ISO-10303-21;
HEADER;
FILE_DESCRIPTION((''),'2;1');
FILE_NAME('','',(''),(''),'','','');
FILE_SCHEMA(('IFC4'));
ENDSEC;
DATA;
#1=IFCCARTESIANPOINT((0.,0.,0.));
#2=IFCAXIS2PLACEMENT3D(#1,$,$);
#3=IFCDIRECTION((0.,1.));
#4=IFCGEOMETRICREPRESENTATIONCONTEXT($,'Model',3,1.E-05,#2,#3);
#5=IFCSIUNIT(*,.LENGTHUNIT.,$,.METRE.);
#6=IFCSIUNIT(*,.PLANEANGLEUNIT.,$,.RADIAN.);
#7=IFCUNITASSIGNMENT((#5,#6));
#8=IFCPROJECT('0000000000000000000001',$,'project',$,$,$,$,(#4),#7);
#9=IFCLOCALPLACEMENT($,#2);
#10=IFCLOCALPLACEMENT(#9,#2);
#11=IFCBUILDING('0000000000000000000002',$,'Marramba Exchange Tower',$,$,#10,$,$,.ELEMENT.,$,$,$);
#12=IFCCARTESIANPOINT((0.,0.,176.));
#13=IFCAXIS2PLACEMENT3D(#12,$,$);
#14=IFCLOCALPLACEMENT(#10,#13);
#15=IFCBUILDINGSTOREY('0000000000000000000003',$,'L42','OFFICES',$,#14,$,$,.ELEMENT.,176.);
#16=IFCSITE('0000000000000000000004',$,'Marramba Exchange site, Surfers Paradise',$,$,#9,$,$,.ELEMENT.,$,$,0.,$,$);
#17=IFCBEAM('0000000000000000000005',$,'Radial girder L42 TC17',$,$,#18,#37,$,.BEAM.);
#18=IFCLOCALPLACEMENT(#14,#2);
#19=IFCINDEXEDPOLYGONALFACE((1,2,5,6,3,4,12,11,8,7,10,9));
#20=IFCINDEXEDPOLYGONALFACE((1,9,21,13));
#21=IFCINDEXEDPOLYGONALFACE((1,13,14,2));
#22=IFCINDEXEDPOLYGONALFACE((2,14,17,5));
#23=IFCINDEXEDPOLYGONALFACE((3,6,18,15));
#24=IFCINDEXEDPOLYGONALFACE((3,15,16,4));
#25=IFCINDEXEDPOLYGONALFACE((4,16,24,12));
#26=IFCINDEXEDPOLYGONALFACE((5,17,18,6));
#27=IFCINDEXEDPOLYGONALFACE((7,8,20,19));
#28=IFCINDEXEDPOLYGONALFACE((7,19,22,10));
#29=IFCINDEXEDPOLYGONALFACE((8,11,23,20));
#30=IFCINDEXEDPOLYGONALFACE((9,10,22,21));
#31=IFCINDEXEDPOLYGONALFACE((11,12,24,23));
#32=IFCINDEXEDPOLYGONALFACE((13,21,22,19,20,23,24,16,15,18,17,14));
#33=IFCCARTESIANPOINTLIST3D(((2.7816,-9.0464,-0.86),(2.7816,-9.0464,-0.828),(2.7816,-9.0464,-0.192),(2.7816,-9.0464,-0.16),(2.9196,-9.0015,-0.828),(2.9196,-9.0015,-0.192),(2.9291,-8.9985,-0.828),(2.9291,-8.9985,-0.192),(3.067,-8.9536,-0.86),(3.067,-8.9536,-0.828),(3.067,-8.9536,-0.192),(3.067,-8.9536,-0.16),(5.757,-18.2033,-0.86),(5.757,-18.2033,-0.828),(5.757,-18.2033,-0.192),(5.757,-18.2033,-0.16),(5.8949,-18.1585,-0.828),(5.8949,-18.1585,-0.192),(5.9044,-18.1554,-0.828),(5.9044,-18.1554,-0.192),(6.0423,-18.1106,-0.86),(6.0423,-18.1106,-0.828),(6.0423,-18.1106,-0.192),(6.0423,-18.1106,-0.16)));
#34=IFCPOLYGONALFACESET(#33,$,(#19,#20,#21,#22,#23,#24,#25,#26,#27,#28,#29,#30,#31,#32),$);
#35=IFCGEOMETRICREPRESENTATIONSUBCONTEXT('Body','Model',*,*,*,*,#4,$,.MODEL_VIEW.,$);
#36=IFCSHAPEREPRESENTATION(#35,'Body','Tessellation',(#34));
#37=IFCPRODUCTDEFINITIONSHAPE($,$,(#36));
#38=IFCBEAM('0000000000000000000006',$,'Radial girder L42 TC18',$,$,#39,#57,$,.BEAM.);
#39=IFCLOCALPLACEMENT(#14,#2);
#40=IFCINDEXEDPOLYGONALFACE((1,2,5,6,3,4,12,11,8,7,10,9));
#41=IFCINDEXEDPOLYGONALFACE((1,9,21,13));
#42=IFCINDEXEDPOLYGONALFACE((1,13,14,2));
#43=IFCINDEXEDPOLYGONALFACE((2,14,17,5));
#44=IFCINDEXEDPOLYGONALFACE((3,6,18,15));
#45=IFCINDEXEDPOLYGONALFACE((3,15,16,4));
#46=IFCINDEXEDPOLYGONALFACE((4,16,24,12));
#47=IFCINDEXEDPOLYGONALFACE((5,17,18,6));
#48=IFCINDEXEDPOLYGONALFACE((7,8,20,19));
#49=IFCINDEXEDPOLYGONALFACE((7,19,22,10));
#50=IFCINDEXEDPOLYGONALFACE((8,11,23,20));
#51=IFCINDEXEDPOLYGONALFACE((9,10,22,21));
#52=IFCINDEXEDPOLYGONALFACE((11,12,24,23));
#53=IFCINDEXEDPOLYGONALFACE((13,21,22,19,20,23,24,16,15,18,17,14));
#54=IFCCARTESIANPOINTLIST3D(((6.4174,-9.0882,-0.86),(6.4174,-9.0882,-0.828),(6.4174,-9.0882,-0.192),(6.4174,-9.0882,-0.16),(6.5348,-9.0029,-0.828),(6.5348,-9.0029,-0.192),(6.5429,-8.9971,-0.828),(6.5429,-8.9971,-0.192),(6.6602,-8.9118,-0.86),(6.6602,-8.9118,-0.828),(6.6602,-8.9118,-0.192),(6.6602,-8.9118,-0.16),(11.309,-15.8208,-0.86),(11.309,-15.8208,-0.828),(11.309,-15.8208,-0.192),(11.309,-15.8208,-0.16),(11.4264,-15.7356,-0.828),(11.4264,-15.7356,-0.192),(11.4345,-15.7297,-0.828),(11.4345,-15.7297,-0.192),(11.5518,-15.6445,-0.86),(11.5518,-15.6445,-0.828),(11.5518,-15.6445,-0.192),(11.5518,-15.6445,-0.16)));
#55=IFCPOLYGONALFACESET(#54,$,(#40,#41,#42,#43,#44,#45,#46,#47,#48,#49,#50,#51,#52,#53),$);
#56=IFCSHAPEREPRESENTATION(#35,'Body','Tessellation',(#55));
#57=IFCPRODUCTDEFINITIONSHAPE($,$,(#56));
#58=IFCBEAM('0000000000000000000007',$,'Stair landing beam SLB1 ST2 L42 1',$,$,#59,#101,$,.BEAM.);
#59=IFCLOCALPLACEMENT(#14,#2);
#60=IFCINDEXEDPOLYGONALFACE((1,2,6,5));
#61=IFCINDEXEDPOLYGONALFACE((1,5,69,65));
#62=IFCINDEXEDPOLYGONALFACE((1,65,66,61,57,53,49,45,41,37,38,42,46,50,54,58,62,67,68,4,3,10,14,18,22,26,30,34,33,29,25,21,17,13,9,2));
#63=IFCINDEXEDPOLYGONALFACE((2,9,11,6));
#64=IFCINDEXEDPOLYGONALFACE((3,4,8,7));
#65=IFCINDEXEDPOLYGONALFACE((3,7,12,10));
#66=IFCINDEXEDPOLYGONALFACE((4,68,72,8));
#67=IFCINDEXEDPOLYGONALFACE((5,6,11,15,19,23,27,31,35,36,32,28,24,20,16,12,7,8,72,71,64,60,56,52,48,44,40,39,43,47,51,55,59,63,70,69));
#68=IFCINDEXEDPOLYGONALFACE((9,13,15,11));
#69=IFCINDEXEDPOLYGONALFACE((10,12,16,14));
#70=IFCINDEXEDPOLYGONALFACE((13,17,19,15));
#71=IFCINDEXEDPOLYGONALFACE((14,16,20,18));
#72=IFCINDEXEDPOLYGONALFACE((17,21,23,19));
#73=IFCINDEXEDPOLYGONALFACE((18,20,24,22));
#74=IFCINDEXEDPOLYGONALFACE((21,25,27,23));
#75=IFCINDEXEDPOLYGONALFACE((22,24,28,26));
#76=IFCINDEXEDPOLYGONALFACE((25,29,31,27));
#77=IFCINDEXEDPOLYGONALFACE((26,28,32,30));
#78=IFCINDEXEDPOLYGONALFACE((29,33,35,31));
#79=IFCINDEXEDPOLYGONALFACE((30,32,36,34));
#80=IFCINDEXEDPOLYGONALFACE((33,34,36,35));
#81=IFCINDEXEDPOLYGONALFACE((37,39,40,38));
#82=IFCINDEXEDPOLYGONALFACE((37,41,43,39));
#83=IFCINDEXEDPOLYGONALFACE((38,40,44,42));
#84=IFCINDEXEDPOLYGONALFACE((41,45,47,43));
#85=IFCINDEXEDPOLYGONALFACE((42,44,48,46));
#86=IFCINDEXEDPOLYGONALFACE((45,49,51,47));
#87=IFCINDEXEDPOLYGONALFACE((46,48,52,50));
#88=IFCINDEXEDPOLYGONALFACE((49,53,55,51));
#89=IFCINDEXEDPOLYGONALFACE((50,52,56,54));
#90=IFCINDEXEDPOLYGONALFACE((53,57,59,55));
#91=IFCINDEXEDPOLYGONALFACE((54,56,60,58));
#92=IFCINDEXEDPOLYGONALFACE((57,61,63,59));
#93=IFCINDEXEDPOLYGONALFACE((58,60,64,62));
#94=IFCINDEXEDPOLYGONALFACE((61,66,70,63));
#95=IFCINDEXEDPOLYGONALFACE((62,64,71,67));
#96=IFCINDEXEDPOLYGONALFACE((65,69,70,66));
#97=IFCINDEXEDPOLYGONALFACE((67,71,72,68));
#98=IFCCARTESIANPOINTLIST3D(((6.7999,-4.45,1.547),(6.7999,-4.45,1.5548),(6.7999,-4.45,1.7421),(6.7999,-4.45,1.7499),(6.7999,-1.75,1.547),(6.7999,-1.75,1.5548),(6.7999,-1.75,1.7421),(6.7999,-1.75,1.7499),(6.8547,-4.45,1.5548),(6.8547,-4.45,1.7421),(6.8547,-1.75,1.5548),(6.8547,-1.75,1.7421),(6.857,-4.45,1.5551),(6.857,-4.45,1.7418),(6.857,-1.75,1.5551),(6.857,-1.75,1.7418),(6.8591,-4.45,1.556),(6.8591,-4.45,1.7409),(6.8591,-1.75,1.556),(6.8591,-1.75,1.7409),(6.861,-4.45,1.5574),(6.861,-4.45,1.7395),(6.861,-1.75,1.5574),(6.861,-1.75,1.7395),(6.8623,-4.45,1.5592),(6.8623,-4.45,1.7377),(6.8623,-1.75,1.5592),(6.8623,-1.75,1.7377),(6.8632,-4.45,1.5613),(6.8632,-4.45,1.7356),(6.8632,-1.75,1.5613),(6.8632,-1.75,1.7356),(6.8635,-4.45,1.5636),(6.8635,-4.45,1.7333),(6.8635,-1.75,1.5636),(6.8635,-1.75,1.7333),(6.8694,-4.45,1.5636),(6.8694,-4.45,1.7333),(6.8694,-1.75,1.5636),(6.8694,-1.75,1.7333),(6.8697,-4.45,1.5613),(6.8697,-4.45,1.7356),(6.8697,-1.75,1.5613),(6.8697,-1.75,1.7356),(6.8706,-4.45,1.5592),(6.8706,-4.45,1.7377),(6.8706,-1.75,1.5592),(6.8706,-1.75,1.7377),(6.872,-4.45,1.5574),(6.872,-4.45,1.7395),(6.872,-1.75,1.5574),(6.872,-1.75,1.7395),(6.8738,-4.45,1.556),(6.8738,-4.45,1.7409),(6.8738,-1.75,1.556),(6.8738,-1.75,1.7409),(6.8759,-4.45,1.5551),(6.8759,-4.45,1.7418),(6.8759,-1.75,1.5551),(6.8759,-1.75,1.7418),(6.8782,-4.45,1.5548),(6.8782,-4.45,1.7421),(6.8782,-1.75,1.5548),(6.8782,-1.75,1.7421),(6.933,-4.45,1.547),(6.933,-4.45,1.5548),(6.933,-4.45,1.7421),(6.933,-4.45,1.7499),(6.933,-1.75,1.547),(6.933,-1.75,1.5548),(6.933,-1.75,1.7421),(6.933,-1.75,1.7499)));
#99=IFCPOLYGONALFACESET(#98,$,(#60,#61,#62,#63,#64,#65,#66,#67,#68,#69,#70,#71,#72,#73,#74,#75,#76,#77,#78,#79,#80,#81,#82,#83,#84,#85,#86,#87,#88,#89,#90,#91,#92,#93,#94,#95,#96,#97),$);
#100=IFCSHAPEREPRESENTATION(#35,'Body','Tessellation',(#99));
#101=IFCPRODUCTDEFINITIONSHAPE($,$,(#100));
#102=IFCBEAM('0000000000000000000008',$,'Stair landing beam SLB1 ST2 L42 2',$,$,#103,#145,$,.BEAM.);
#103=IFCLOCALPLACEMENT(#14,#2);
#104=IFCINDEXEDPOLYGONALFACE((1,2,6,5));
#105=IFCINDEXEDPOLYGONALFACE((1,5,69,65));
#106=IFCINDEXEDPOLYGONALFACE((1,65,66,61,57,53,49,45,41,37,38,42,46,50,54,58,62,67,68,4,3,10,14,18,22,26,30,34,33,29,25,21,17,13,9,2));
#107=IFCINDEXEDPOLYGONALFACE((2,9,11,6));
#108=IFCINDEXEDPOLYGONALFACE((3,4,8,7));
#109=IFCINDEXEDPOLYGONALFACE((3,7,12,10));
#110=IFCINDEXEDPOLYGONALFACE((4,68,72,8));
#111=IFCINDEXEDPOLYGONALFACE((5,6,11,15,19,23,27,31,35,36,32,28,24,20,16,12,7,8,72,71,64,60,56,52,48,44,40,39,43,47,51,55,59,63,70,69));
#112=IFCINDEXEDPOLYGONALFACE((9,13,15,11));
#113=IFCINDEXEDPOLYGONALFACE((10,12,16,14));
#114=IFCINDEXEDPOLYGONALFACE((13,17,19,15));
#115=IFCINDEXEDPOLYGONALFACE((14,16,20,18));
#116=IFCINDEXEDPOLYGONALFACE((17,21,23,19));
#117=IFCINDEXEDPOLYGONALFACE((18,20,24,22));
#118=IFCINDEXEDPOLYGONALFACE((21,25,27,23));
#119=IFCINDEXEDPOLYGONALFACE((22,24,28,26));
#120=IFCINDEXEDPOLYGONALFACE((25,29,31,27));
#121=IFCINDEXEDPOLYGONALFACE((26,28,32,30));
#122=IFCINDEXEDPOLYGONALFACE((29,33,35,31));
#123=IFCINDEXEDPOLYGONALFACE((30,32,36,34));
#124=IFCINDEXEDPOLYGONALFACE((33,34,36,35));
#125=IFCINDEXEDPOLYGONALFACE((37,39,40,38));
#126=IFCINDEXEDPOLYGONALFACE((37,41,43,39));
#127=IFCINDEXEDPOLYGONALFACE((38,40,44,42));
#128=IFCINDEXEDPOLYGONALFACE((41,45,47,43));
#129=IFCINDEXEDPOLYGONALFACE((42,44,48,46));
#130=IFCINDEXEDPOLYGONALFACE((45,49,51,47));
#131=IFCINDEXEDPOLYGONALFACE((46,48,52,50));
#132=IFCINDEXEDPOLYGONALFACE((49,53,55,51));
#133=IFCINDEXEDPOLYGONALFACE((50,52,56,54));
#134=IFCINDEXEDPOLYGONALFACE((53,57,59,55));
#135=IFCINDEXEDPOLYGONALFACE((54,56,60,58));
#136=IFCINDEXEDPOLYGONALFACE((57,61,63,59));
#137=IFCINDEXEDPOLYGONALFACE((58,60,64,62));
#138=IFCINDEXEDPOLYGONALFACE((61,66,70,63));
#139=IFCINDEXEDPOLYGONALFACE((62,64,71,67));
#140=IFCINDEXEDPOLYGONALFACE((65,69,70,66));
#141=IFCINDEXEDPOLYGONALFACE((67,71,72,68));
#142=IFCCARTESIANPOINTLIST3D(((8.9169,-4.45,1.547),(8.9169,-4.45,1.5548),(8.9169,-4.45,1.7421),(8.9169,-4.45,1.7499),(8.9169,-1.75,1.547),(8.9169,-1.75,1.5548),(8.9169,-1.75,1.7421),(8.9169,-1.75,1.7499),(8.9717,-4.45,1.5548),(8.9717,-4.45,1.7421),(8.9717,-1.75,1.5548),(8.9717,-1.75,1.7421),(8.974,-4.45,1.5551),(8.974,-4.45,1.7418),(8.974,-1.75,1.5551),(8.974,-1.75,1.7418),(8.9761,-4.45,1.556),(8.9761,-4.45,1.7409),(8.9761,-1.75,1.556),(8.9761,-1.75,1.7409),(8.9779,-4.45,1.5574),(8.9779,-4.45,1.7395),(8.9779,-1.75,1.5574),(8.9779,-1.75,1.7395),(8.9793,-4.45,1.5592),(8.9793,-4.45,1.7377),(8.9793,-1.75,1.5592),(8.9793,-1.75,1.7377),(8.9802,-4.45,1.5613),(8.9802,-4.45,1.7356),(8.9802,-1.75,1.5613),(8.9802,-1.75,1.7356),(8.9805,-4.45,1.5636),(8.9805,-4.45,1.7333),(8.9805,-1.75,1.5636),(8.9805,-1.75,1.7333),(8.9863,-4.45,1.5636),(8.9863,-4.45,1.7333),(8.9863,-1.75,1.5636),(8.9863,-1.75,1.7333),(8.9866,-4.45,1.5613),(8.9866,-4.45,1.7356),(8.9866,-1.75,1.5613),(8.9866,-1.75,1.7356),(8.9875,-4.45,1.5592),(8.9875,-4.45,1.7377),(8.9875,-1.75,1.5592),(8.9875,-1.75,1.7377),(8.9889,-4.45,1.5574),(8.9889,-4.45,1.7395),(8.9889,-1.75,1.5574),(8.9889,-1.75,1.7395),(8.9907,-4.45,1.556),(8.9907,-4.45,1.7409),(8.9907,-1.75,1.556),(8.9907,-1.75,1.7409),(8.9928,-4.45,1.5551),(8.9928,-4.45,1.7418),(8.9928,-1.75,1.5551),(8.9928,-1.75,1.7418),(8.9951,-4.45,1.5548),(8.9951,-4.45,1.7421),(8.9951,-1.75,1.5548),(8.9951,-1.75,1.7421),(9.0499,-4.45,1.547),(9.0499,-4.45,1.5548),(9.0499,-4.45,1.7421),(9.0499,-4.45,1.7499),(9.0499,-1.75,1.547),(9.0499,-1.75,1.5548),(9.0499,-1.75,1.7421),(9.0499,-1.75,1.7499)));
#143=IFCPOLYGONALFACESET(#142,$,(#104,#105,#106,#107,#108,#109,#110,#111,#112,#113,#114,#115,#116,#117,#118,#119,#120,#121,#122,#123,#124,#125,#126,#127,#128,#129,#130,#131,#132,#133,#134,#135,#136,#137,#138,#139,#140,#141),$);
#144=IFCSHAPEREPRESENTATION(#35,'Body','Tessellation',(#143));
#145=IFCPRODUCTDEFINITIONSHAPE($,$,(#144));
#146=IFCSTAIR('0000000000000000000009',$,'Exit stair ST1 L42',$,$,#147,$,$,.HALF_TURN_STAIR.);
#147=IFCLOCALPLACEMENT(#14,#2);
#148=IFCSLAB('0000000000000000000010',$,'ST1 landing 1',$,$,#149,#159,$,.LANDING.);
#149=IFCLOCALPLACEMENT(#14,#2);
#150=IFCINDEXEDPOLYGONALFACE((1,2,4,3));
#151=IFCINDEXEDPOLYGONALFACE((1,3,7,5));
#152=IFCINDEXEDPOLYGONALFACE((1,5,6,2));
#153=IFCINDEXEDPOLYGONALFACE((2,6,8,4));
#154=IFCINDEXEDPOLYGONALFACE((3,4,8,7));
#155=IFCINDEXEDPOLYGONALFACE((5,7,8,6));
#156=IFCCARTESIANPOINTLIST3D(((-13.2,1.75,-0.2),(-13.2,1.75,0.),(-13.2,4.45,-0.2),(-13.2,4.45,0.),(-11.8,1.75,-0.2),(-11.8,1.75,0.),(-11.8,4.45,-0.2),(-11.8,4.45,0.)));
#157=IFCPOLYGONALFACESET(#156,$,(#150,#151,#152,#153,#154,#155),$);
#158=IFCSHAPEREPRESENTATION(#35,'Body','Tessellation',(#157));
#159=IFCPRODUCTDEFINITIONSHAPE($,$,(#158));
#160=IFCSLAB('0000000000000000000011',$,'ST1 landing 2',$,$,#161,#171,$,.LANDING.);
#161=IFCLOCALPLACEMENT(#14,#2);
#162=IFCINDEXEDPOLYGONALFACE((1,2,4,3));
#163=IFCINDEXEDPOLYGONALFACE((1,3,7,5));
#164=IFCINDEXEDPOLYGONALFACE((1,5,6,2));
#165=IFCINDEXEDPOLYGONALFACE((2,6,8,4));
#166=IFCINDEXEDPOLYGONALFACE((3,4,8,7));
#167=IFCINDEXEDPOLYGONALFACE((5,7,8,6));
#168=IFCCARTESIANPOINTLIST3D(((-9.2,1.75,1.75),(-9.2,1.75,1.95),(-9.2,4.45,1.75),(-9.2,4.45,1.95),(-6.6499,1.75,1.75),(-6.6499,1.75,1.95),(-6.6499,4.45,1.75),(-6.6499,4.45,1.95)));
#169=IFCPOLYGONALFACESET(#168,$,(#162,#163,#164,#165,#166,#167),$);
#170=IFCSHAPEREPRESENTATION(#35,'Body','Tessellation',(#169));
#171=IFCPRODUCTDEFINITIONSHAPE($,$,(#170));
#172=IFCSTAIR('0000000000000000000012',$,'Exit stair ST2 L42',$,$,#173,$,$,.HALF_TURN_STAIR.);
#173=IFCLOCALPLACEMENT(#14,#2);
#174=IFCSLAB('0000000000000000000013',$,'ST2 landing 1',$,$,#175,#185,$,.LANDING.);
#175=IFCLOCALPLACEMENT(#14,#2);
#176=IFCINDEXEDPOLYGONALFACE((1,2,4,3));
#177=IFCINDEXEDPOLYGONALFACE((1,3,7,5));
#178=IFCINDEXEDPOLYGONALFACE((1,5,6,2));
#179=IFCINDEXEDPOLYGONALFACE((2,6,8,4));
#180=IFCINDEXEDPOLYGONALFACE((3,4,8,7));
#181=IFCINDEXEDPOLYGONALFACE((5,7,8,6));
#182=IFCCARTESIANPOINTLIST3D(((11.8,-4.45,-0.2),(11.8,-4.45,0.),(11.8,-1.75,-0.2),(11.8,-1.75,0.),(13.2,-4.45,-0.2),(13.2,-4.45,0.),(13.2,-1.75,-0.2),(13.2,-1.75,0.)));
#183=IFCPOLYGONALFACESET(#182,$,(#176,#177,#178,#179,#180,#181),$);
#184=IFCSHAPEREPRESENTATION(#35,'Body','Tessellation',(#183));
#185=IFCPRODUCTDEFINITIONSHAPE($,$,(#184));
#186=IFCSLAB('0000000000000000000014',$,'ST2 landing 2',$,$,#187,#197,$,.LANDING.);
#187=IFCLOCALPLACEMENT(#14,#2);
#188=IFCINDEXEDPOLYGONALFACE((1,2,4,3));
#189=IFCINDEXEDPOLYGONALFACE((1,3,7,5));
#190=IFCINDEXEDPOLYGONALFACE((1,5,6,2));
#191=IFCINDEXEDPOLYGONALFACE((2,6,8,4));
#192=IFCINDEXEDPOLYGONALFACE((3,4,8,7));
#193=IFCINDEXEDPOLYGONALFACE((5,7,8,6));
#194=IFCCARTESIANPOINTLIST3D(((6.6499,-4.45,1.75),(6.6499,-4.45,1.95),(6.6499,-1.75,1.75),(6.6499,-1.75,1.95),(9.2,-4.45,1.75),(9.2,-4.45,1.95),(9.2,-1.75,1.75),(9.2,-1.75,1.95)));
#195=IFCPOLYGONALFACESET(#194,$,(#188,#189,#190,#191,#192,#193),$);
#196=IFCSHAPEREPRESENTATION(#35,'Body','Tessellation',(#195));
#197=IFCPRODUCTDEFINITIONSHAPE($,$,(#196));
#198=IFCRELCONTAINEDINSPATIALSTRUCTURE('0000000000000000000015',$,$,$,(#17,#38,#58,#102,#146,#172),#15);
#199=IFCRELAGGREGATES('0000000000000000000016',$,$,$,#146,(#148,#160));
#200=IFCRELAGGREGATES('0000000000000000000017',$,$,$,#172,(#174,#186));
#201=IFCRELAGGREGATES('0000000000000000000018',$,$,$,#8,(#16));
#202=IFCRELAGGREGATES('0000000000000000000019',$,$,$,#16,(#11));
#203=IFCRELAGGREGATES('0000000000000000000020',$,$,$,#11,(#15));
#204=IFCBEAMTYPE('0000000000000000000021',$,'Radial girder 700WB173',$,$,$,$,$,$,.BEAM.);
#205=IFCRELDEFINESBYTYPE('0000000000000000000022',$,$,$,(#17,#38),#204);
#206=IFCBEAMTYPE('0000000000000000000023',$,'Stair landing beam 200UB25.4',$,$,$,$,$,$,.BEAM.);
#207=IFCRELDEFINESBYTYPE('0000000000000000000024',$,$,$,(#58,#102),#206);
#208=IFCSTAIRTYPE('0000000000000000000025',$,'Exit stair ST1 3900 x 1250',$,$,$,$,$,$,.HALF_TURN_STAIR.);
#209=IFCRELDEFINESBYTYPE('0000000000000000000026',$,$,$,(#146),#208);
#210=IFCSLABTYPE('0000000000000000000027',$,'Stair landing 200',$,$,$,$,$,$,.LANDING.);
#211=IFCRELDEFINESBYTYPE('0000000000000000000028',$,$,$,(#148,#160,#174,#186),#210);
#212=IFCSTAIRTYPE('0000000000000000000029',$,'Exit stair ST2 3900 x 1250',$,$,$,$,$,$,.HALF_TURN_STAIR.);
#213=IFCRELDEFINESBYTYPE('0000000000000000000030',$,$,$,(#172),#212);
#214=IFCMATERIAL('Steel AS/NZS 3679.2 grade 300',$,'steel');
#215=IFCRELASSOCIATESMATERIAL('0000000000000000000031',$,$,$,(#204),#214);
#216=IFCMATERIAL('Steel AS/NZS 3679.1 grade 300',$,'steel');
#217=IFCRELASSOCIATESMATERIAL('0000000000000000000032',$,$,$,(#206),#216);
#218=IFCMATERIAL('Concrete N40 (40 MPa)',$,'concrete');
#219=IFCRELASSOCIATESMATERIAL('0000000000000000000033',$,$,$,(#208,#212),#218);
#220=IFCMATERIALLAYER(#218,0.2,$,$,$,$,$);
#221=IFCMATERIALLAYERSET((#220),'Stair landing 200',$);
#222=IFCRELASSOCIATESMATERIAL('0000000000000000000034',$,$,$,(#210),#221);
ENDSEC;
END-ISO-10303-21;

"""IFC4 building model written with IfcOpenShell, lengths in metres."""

from ifc_helpers import new_model, si_unit, direction, frame, origin, origin_2d, place, context, subcontext, project, spatial, polyline, i_section, outline, extrude, material, layer, layer_set, material_profile, profile_set, type_object, element, aggregate, save


model = new_model("IFC4")

# Units and contexts
model_context = context("Model", 3, precision=1e-05, world=origin(), true_north=direction((0.0, 1.0)))
body_context = subcontext(model_context, "Body", "Model", "MODEL_VIEW")
ifc_project = project(units=[si_unit("LENGTHUNIT", "METRE"), si_unit("PLANEANGLEUNIT", "RADIAN")], contexts=[model_context])

# Site, building, storey
site_placement = place(None, origin())
site = spatial("IfcSite", under=ifc_project, at=site_placement, Name="Marramba Exchange site, Surfers Paradise", CompositionType="ELEMENT", RefElevation=0.0)
building_placement = place(site_placement, origin())
building = spatial("IfcBuilding", under=site, at=building_placement, Name="Marramba Exchange Tower", CompositionType="ELEMENT")
storey_placement = place(building_placement, frame((0.0, 0.0, 176.0)))
storey = spatial("IfcBuildingStorey", under=building, at=storey_placement, Name="L42", Description="OFFICES", CompositionType="ELEMENT", Elevation=176.0)

# Beams
ifc_material_1 = material(Name="Steel AS/NZS 3679.2 grade 300", Category="steel")
ifc_material_profile_1 = material_profile(ifc_material_1, i_section(OverallWidth=0.3, OverallDepth=0.7, WebThickness=0.01, FlangeThickness=0.032, at=origin_2d()), Name="700WB173")
ifc_profile_set_1 = profile_set([ifc_material_profile_1], Name="Steel AS/NZS 3679.2 grade 300")
beam_type_1 = type_object("IfcBeamType", Name="Radial girder 700WB173", PredefinedType="BEAM", material=ifc_profile_set_1)
beam_1_placement = place(storey_placement, frame((2.9243, -9.0, -0.51), z_axis=(0.309022, -0.951055, 0.0), x_axis=(0.951055, 0.309022, 0.0)))
element("IfcBeam", 1, at=beam_1_placement, inside=storey, type_object=beam_type_1, Name="Radial girder L42 TC17", PredefinedType="BEAM", context=body_context, shape_type="SweptSolid", body=[
    extrude(i_section(OverallWidth=0.3, OverallDepth=0.7, WebThickness=0.01, FlangeThickness=0.032, at=origin_2d()), origin(), (0.0, 0.0, 1.0), 9.6282),
])
beam_2_placement = place(storey_placement, frame((6.5388, -9.0, -0.51), z_axis=(0.587788, -0.809015, 0.0), x_axis=(0.809015, 0.587788, 0.0)))
element("IfcBeam", 2, at=beam_2_placement, inside=storey, type_object=beam_type_1, Name="Radial girder L42 TC18", PredefinedType="BEAM", context=body_context, shape_type="SweptSolid", body=[
    extrude(i_section(OverallWidth=0.3, OverallDepth=0.7, WebThickness=0.01, FlangeThickness=0.032, at=origin_2d()), origin(), (0.0, 0.0, 1.0), 8.322),
])
ifc_material_2 = material(Name="Steel AS/NZS 3679.1 grade 300", Category="steel")
ifc_material_profile_2 = material_profile(ifc_material_2, i_section(OverallWidth=0.1331, OverallDepth=0.2029, WebThickness=0.0059, FlangeThickness=0.0078, FilletRadius=0.0088, at=origin_2d()), Name="200UB25.4")
ifc_profile_set_2 = profile_set([ifc_material_profile_2], Name="Steel AS/NZS 3679.1 grade 300")
beam_type_2 = type_object("IfcBeamType", Name="Stair landing beam 200UB25.4", PredefinedType="BEAM", material=ifc_profile_set_2)
for number, where, z_axis, x_axis, name in (
    (3, (6.8665, -4.45, 1.6484), (0.0, 1.0, 0.0), (-1.0, 0.0, 0.0), "Stair landing beam SLB1 ST2 L42 1"),
    (4, (8.9834, -4.45, 1.6484), (0.0, 1.0, 0.0), (-1.0, 0.0, 0.0), "Stair landing beam SLB1 ST2 L42 2"),
):
    element("IfcBeam", number, at=place(storey_placement, frame(where, z_axis=z_axis, x_axis=x_axis)), inside=storey, type_object=beam_type_2, Name=name, PredefinedType="BEAM", context=body_context, shape_type="SweptSolid", body=[
        extrude(i_section(OverallWidth=0.1331, OverallDepth=0.2029, WebThickness=0.0059, FlangeThickness=0.0078, FilletRadius=0.0088, at=origin_2d()), origin(), (0.0, 0.0, 1.0), 2.7),
    ])

# Stairs, slabs
ifc_material_3 = material(Name="Concrete N40 (40 MPa)", Category="concrete")
stair_type_1 = type_object("IfcStairType", Name="Exit stair ST1 3900 x 1250", PredefinedType="HALF_TURN_STAIR", material=ifc_material_3)
stair_1_placement = place(storey_placement, origin())
stair_1 = element("IfcStair", 5, at=stair_1_placement, inside=storey, type_object=stair_type_1, Name="Exit stair ST1 L42", PredefinedType="HALF_TURN_STAIR")
ifc_layer_1 = layer(ifc_material_3, 0.2)
ifc_layer_set_1 = layer_set([ifc_layer_1], Name="Stair landing 200")
slab_type = type_object("IfcSlabType", Name="Stair landing 200", PredefinedType="LANDING", material=ifc_layer_set_1)
slab_1_placement = place(storey_placement, frame((0.0, 0.0, -0.2)))
slab_1 = element("IfcSlab", 6, at=slab_1_placement, type_object=slab_type, Name="ST1 landing 1", PredefinedType="LANDING", context=body_context, shape_type="SweptSolid", body=[
    extrude(outline(polyline([(-13.2, 1.75), (-11.8, 1.75), (-11.8, 4.45), (-13.2, 4.45), (-13.2, 1.75)])), origin(), (0.0, 0.0, 1.0), 0.2),
])
slab_2_placement = place(storey_placement, frame((0.0, 0.0, 1.75)))
slab_2 = element("IfcSlab", 7, at=slab_2_placement, type_object=slab_type, Name="ST1 landing 2", PredefinedType="LANDING", context=body_context, shape_type="SweptSolid", body=[
    extrude(outline(polyline([(-9.2, 1.75), (-6.6499, 1.75), (-6.6499, 4.45), (-9.2, 4.45), (-9.2, 1.75)])), origin(), (0.0, 0.0, 1.0), 0.2),
])
aggregate(stair_1, [slab_1, slab_2])
stair_type_2 = type_object("IfcStairType", Name="Exit stair ST2 3900 x 1250", PredefinedType="HALF_TURN_STAIR", material=ifc_material_3)
stair_2_placement = place(storey_placement, origin())
stair_2 = element("IfcStair", 8, at=stair_2_placement, inside=storey, type_object=stair_type_2, Name="Exit stair ST2 L42", PredefinedType="HALF_TURN_STAIR")
slab_3_placement = place(storey_placement, frame((0.0, 0.0, -0.2)))
slab_3 = element("IfcSlab", 9, at=slab_3_placement, type_object=slab_type, Name="ST2 landing 1", PredefinedType="LANDING", context=body_context, shape_type="SweptSolid", body=[
    extrude(outline(polyline([(11.8, -4.45), (13.2, -4.45), (13.2, -1.75), (11.8, -1.75), (11.8, -4.45)])), origin(), (0.0, 0.0, 1.0), 0.2),
])
slab_4_placement = place(storey_placement, frame((0.0, 0.0, 1.75)))
slab_4 = element("IfcSlab", 10, at=slab_4_placement, type_object=slab_type, Name="ST2 landing 2", PredefinedType="LANDING", context=body_context, shape_type="SweptSolid", body=[
    extrude(outline(polyline([(6.6499, -4.45), (9.2, -4.45), (9.2, -1.75), (6.6499, -1.75), (6.6499, -4.45)])), origin(), (0.0, 0.0, 1.0), 0.2),
])

aggregate(stair_2, [slab_3, slab_4])

save(model, "model.ifc")
